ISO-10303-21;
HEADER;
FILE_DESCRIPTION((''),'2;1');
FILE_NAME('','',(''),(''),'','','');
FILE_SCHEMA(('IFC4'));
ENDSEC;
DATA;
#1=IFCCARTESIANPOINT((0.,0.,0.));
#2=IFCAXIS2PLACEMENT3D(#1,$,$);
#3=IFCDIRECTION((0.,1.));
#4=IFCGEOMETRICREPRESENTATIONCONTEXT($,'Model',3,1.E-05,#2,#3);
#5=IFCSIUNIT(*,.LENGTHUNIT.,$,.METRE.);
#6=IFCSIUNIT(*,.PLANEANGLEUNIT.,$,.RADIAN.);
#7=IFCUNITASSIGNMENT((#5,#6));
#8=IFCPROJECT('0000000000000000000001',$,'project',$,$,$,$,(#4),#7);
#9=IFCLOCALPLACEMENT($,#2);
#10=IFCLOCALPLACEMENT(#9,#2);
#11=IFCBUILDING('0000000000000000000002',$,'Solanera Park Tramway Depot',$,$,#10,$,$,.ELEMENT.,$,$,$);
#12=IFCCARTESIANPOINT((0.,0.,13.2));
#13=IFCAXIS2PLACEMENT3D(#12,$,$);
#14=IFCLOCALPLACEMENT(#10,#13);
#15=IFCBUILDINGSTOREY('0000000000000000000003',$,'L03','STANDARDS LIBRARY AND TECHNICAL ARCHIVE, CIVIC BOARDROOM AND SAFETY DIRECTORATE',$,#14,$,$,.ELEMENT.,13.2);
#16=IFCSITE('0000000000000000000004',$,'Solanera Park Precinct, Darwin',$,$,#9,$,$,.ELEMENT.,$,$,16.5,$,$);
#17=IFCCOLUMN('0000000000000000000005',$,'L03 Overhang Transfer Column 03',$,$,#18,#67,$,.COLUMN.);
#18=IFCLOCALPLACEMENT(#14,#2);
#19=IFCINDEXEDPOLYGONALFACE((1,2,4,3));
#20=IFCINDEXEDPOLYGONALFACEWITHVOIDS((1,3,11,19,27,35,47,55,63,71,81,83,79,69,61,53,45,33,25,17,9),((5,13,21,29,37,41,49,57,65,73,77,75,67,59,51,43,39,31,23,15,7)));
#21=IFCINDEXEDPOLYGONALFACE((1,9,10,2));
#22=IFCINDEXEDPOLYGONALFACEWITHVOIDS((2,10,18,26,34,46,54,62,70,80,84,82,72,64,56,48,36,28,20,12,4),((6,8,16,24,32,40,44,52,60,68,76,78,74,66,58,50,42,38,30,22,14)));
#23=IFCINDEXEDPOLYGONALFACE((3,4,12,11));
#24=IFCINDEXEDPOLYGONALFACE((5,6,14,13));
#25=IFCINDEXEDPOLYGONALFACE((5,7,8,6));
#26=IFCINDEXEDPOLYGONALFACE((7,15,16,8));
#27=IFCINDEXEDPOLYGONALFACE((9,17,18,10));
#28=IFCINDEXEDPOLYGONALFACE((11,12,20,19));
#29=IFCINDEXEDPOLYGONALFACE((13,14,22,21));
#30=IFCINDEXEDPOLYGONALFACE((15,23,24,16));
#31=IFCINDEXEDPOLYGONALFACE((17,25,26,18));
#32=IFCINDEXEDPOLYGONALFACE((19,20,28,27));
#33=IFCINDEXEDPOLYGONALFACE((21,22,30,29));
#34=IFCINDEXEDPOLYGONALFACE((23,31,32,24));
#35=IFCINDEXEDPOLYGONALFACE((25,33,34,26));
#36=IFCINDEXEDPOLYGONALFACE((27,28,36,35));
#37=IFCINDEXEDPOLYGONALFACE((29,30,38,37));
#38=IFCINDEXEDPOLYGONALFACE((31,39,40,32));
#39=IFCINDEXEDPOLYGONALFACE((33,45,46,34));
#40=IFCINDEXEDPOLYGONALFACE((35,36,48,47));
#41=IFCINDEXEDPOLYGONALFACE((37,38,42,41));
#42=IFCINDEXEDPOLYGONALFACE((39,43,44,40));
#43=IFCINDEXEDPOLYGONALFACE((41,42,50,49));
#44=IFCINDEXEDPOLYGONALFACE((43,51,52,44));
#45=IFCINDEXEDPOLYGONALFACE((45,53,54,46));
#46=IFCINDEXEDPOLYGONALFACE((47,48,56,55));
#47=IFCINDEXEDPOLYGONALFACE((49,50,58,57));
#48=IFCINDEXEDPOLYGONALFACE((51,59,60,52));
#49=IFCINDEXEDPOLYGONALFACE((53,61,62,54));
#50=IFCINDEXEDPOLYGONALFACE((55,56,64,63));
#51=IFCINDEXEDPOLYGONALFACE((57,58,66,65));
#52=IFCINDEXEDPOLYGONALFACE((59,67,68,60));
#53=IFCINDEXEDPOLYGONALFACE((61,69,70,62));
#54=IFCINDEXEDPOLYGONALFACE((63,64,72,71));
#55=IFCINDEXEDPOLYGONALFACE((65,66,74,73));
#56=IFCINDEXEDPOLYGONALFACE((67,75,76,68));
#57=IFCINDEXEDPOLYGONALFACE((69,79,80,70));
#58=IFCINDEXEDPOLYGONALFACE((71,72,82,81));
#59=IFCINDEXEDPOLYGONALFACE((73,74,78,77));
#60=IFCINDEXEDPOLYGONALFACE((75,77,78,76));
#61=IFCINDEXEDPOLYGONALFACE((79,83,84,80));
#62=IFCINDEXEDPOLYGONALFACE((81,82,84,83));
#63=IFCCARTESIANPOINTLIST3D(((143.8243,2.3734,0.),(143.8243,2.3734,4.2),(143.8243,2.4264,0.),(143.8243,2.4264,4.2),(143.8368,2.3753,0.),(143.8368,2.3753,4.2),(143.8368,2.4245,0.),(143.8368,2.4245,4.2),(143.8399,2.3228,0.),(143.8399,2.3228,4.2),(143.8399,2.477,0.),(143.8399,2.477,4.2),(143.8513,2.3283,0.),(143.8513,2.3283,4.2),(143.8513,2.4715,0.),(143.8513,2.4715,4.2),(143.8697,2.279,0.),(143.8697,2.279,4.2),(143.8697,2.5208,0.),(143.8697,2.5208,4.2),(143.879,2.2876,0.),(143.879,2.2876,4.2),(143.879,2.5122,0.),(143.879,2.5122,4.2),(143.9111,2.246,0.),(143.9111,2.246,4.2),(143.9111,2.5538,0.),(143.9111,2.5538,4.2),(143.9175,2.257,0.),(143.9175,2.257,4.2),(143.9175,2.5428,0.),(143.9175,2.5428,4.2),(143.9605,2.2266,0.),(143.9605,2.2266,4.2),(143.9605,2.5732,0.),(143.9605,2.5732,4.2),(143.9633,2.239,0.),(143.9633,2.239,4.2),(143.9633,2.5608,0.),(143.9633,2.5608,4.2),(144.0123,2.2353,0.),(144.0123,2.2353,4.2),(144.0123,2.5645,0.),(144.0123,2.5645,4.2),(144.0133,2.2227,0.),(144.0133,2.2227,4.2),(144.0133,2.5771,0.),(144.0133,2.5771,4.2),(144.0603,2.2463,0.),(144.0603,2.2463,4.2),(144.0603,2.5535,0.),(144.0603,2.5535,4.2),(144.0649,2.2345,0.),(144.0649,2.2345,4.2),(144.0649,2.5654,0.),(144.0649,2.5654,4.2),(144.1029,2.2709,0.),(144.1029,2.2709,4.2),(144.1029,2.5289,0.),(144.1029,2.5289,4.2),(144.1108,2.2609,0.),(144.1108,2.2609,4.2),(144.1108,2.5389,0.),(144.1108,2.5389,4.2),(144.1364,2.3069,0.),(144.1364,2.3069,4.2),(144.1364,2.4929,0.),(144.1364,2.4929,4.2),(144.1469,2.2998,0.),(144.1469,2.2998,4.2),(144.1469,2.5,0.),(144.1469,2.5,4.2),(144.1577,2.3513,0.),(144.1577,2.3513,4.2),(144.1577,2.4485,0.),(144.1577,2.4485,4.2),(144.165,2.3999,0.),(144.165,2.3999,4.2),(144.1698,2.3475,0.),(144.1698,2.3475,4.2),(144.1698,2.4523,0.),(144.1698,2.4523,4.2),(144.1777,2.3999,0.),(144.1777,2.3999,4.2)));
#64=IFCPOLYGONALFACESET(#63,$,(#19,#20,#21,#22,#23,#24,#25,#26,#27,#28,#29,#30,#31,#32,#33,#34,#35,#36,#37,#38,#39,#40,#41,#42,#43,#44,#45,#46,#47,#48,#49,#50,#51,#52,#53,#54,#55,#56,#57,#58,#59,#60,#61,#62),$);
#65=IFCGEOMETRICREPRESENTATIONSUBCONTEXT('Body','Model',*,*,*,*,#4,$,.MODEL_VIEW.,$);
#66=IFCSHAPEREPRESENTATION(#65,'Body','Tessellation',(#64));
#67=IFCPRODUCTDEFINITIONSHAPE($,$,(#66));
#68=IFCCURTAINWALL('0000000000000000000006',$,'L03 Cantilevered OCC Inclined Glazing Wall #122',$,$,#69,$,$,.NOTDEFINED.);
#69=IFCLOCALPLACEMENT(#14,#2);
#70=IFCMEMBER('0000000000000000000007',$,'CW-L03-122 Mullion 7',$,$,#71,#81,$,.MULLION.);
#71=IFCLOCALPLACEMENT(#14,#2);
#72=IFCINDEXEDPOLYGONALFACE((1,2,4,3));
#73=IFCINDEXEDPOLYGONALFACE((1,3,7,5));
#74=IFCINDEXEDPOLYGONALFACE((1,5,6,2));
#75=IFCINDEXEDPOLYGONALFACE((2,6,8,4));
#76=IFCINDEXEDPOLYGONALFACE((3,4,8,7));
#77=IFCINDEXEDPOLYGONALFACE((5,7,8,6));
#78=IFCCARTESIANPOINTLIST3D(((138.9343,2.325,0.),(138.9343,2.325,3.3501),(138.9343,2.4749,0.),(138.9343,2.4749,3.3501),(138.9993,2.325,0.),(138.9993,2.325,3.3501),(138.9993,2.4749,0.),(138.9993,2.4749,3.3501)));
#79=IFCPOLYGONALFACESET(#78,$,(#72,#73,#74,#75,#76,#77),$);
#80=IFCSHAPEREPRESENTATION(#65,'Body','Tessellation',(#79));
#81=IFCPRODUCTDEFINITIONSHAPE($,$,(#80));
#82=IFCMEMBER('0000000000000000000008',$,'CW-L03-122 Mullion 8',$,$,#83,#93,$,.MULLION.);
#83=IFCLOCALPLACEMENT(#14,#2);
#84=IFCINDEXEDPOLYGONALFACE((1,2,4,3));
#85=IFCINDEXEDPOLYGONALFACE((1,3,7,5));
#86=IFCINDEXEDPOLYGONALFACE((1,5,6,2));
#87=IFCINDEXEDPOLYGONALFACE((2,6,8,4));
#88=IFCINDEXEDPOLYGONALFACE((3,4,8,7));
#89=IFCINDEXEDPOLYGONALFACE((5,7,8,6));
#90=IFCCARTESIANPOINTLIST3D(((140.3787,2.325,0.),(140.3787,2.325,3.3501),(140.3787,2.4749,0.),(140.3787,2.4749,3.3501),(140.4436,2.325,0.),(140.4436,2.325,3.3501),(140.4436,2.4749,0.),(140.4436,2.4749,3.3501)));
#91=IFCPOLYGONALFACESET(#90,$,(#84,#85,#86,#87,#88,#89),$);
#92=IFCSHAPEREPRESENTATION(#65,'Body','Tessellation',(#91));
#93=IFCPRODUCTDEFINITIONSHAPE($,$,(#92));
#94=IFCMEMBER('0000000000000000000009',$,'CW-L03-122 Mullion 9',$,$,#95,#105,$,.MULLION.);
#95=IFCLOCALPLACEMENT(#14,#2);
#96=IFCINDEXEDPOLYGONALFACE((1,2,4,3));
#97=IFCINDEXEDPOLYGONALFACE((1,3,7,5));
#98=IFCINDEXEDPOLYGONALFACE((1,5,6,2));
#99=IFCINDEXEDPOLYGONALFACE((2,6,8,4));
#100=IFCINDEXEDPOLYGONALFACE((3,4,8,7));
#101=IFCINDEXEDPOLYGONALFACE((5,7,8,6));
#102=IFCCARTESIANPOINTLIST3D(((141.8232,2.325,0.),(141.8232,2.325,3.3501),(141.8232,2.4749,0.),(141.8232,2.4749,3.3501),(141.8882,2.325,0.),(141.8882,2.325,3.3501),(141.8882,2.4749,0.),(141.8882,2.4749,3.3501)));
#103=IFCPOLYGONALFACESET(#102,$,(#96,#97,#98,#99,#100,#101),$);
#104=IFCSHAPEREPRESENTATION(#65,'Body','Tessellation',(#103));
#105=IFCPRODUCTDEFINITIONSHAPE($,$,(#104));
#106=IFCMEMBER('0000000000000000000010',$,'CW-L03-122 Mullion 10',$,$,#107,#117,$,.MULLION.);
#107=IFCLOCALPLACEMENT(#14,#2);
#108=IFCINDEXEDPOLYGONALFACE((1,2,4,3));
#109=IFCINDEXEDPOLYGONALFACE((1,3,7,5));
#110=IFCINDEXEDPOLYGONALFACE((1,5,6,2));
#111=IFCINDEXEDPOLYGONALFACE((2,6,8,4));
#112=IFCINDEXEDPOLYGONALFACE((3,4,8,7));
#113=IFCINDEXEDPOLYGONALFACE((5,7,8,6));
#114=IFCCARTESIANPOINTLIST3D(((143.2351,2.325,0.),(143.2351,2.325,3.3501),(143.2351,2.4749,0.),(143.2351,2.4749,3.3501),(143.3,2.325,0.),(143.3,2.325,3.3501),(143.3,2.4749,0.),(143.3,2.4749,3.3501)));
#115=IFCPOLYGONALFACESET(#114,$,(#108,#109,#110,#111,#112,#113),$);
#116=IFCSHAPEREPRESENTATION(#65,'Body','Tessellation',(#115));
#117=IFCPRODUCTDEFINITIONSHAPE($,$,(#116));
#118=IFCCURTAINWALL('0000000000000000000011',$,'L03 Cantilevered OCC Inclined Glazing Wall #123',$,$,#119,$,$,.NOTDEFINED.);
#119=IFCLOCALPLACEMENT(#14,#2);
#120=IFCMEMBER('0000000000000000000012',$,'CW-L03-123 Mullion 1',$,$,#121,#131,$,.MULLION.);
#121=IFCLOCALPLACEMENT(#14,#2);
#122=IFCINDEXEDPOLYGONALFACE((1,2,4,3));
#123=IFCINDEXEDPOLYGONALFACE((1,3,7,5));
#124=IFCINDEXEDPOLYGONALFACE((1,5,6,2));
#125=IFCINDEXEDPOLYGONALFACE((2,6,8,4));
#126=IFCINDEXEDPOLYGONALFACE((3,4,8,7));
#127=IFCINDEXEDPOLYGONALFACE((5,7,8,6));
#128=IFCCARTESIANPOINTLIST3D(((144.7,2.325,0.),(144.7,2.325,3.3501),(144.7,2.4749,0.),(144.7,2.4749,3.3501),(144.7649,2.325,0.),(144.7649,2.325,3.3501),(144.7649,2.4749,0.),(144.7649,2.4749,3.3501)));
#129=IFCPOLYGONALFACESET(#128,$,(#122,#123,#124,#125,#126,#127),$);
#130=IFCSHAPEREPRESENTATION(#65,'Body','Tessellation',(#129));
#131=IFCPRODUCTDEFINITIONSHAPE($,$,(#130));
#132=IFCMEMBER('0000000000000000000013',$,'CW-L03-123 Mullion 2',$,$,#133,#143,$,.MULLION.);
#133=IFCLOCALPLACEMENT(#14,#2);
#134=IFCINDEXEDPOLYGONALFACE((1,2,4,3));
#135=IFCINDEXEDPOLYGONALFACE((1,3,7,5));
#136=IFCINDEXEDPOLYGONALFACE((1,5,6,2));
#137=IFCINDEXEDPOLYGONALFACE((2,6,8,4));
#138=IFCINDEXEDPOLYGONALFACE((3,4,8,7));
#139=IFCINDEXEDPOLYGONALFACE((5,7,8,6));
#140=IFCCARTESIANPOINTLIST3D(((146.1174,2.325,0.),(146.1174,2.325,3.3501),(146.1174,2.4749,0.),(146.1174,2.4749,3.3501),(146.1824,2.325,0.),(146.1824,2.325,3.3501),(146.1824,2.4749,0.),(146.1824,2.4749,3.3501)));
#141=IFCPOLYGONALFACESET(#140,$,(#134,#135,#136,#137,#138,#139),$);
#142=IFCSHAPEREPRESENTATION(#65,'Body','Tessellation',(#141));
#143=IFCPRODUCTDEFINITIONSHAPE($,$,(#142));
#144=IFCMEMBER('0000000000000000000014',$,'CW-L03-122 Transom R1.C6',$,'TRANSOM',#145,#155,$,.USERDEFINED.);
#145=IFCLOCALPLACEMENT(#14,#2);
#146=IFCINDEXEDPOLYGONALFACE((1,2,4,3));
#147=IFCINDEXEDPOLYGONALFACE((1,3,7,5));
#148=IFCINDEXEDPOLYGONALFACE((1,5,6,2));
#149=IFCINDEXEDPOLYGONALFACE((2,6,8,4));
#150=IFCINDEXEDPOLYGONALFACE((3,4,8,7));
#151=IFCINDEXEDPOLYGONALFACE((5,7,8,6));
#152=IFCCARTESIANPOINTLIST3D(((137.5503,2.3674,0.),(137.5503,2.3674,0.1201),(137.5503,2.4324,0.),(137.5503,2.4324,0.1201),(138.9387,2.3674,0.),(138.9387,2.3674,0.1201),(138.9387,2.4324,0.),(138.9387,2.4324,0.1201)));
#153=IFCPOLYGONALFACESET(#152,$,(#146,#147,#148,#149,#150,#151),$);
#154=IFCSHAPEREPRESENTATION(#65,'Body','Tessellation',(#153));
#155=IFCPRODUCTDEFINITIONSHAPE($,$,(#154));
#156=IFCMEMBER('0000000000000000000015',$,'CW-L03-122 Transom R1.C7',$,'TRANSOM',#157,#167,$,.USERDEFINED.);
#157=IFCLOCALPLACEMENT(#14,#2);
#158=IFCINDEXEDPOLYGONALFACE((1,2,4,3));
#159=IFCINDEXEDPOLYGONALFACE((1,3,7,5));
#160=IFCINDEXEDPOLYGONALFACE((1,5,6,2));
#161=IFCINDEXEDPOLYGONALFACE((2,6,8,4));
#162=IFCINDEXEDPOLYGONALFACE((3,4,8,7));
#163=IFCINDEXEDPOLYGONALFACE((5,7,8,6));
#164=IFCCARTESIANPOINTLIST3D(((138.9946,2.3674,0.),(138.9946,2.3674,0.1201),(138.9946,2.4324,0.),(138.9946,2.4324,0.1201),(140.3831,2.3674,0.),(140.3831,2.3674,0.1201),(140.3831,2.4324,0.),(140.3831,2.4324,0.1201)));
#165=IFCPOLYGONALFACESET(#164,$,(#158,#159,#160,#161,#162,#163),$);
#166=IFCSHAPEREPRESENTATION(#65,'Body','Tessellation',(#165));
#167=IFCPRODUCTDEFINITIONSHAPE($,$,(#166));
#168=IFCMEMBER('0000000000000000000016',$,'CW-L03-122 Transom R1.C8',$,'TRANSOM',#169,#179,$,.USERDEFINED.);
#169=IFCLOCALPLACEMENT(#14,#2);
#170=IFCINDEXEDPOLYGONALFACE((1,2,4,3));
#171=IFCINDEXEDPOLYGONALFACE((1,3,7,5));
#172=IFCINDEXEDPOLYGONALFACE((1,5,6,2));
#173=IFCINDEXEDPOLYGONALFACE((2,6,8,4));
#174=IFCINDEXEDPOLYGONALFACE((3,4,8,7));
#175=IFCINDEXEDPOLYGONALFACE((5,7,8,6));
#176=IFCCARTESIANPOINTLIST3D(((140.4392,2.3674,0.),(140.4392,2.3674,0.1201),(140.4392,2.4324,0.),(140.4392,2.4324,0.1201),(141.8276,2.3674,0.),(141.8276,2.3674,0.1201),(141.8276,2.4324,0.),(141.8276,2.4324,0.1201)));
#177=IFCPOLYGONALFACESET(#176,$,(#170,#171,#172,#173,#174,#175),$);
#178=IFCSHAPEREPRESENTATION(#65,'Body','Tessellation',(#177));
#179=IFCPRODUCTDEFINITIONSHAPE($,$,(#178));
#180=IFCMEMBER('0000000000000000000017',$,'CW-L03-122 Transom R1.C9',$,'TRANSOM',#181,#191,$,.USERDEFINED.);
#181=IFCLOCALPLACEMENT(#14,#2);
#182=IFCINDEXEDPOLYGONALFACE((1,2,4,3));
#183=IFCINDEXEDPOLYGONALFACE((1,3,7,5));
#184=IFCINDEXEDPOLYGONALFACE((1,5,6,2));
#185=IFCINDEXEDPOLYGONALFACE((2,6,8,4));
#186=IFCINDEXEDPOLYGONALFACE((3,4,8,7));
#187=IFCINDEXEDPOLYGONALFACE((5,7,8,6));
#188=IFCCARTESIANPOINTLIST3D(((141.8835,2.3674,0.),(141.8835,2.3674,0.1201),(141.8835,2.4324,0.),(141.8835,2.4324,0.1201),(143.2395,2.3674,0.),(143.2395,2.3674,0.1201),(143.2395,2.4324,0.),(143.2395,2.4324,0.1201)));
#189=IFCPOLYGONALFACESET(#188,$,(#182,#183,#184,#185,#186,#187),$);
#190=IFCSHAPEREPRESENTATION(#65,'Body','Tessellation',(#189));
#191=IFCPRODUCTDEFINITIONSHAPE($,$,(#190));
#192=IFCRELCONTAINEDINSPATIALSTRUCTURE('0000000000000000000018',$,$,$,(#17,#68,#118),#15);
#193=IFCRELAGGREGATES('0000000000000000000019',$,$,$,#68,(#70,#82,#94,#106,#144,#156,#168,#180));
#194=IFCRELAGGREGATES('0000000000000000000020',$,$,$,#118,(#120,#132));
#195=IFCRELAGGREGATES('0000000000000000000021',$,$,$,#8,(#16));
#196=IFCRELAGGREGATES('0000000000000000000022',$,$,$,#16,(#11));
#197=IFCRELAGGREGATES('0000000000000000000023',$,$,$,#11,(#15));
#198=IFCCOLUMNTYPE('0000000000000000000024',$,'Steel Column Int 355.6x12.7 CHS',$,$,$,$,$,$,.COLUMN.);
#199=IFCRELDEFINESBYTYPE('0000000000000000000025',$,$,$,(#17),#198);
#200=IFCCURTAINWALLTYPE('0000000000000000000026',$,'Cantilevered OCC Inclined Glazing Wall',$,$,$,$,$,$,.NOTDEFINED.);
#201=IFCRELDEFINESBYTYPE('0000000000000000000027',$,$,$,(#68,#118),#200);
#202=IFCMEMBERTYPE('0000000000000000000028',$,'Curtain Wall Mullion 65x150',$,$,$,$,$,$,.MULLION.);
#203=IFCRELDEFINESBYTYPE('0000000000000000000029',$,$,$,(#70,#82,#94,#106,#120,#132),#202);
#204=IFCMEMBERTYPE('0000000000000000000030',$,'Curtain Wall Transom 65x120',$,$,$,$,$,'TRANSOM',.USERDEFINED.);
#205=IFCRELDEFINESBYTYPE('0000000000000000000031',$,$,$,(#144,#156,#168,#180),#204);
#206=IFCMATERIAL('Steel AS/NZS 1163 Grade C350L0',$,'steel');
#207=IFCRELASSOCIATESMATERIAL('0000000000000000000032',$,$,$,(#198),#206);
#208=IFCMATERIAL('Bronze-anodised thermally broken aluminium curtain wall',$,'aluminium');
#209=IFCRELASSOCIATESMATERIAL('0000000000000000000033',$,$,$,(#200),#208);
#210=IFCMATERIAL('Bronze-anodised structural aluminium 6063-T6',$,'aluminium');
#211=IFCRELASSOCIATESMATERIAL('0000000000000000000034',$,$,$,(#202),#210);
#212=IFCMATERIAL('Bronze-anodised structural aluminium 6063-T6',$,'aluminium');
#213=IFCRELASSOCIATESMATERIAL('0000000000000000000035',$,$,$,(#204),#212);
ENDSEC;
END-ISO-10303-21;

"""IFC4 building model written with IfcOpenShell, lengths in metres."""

from ifc_helpers import new_model, si_unit, direction, frame, origin, origin_2d, place, context, subcontext, project, spatial, rectangle, hollow_circle, extrude, material, material_profile, profile_set, type_object, element, aggregate, save


model = new_model("IFC4")

# Units and contexts
model_context = context("Model", 3, precision=1e-05, world=origin(), true_north=direction((0.0, 1.0)))
body_context = subcontext(model_context, "Body", "Model", "MODEL_VIEW")
ifc_project = project(units=[si_unit("LENGTHUNIT", "METRE"), si_unit("PLANEANGLEUNIT", "RADIAN")], contexts=[model_context])

# Site, building, storey
site_placement = place(None, origin())
site = spatial("IfcSite", under=ifc_project, at=site_placement, Name="Solanera Park Precinct, Darwin", CompositionType="ELEMENT", RefElevation=16.5)
building_placement = place(site_placement, origin())
building = spatial("IfcBuilding", under=site, at=building_placement, Name="Solanera Park Tramway Depot", CompositionType="ELEMENT")
storey_placement = place(building_placement, frame((0.0, 0.0, 13.2)))
storey = spatial("IfcBuildingStorey", under=building, at=storey_placement, Name="L03", Description="STANDARDS LIBRARY AND TECHNICAL ARCHIVE, CIVIC BOARDROOM AND SAFETY DIRECTORATE", CompositionType="ELEMENT", Elevation=13.2)

# Column
ifc_material_1 = material(Name="Steel AS/NZS 1163 Grade C350L0", Category="steel")
ifc_material_profile_1 = material_profile(ifc_material_1, hollow_circle(Radius=0.1777, WallThickness=0.0127, at=origin_2d()), Name="355.6x12.7 CHS")
ifc_profile_set_1 = profile_set([ifc_material_profile_1], Name="Steel AS/NZS 1163 Grade C350L0")
column_type = type_object("IfcColumnType", Name="Steel Column Int 355.6x12.7 CHS", PredefinedType="COLUMN", material=ifc_profile_set_1)
column_placement = place(storey_placement, frame((144.0, 2.3999, 0.0), z_axis=(0.0, 0.0, 1.0), x_axis=(1.0, 0.0, 0.0)))
element("IfcColumn", 1, at=column_placement, inside=storey, type_object=column_type, Name="L03 Overhang Transfer Column 03", PredefinedType="COLUMN", context=body_context, shape_type="SweptSolid", body=[
    extrude(hollow_circle(Radius=0.1777, WallThickness=0.0127, at=origin_2d()), origin(), (0.0, 0.0, 1.0), 4.2),
])

# Curtain walls, members
ifc_material_2 = material(Name="Bronze-anodised thermally broken aluminium curtain wall", Category="aluminium")
curtain_wall_type = type_object("IfcCurtainWallType", Name="Cantilevered OCC Inclined Glazing Wall", PredefinedType="NOTDEFINED", material=ifc_material_2)
curtain_wall_1_placement = place(storey_placement, origin())
curtain_wall_1 = element("IfcCurtainWall", 2, at=curtain_wall_1_placement, inside=storey, type_object=curtain_wall_type, Name="L03 Cantilevered OCC Inclined Glazing Wall #122", PredefinedType="NOTDEFINED")
ifc_material_3 = material(Name="Bronze-anodised structural aluminium 6063-T6", Category="aluminium")
ifc_material_profile_2 = material_profile(ifc_material_3, rectangle(XDim=0.0649, YDim=0.1499, at=origin_2d()), Name="Curtain Wall Mullion 65x150")
ifc_profile_set_2 = profile_set([ifc_material_profile_2], Name="Bronze-anodised structural aluminium 6063-T6")
member_type_1 = type_object("IfcMemberType", Name="Curtain Wall Mullion 65x150", PredefinedType="MULLION", material=ifc_profile_set_2)
member_1_placement = place(storey_placement, frame((138.9668, 2.3999, 0.0), z_axis=(0.0, 0.0, 1.0), x_axis=(1.0, 0.0, 0.0)))
member_1 = element("IfcMember", 3, at=member_1_placement, type_object=member_type_1, Name="CW-L03-122 Mullion 7", PredefinedType="MULLION", context=body_context, shape_type="SweptSolid", body=[
    extrude(rectangle(XDim=0.0649, YDim=0.1499, at=origin_2d()), origin(), (0.0, 0.0, 1.0), 3.3501),
])
member_2_placement = place(storey_placement, frame((140.4111, 2.3999, 0.0), z_axis=(0.0, 0.0, 1.0), x_axis=(1.0, 0.0, 0.0)))
member_2 = element("IfcMember", 4, at=member_2_placement, type_object=member_type_1, Name="CW-L03-122 Mullion 8", PredefinedType="MULLION", context=body_context, shape_type="SweptSolid", body=[
    extrude(rectangle(XDim=0.0649, YDim=0.1499, at=origin_2d()), origin(), (0.0, 0.0, 1.0), 3.3501),
])
member_3_placement = place(storey_placement, frame((141.8557, 2.3999, 0.0), z_axis=(0.0, 0.0, 1.0), x_axis=(1.0, 0.0, 0.0)))
member_3 = element("IfcMember", 5, at=member_3_placement, type_object=member_type_1, Name="CW-L03-122 Mullion 9", PredefinedType="MULLION", context=body_context, shape_type="SweptSolid", body=[
    extrude(rectangle(XDim=0.0649, YDim=0.1499, at=origin_2d()), origin(), (0.0, 0.0, 1.0), 3.3501),
])
member_4_placement = place(storey_placement, frame((143.2676, 2.3999, 0.0), z_axis=(0.0, 0.0, 1.0), x_axis=(1.0, 0.0, 0.0)))
member_4 = element("IfcMember", 6, at=member_4_placement, type_object=member_type_1, Name="CW-L03-122 Mullion 10", PredefinedType="MULLION", context=body_context, shape_type="SweptSolid", body=[
    extrude(rectangle(XDim=0.0649, YDim=0.1499, at=origin_2d()), origin(), (0.0, 0.0, 1.0), 3.3501),
])
curtain_wall_2_placement = place(storey_placement, origin())
curtain_wall_2 = element("IfcCurtainWall", 7, at=curtain_wall_2_placement, inside=storey, type_object=curtain_wall_type, Name="L03 Cantilevered OCC Inclined Glazing Wall #123", PredefinedType="NOTDEFINED")
member_5_placement = place(storey_placement, frame((144.7324, 2.3999, 0.0), z_axis=(0.0, 0.0, 1.0), x_axis=(1.0, 0.0, 0.0)))
member_5 = element("IfcMember", 8, at=member_5_placement, type_object=member_type_1, Name="CW-L03-123 Mullion 1", PredefinedType="MULLION", context=body_context, shape_type="SweptSolid", body=[
    extrude(rectangle(XDim=0.0649, YDim=0.1499, at=origin_2d()), origin(), (0.0, 0.0, 1.0), 3.3501),
])
member_6_placement = place(storey_placement, frame((146.1499, 2.3999, 0.0), z_axis=(0.0, 0.0, 1.0), x_axis=(1.0, 0.0, 0.0)))
member_6 = element("IfcMember", 9, at=member_6_placement, type_object=member_type_1, Name="CW-L03-123 Mullion 2", PredefinedType="MULLION", context=body_context, shape_type="SweptSolid", body=[
    extrude(rectangle(XDim=0.0649, YDim=0.1499, at=origin_2d()), origin(), (0.0, 0.0, 1.0), 3.3501),
])

# Members
ifc_material_4 = material(Name="Bronze-anodised structural aluminium 6063-T6", Category="aluminium")
ifc_material_profile_3 = material_profile(ifc_material_4, rectangle(XDim=0.0649, YDim=0.1201, at=origin_2d()), Name="Curtain Wall Transom 65x120")
ifc_profile_set_3 = profile_set([ifc_material_profile_3], Name="Bronze-anodised structural aluminium 6063-T6")
member_type_2 = type_object("IfcMemberType", Name="Curtain Wall Transom 65x120", ElementType="TRANSOM", PredefinedType="USERDEFINED", material=ifc_profile_set_3)
member_7_placement = place(storey_placement, frame((137.5503, 2.3999, 0.0601), z_axis=(1.0, 0.0, 0.0), x_axis=(0.0, 1.0, 0.0)))
member_7 = element("IfcMember", 10, at=member_7_placement, type_object=member_type_2, Name="CW-L03-122 Transom R1.C6", ObjectType="TRANSOM", PredefinedType="USERDEFINED", context=body_context, shape_type="SweptSolid", body=[
    extrude(rectangle(XDim=0.0649, YDim=0.1201, at=origin_2d()), origin(), (0.0, 0.0, 1.0), 1.3884),
])
member_8_placement = place(storey_placement, frame((138.9946, 2.3999, 0.0601), z_axis=(1.0, 0.0, 0.0), x_axis=(0.0, 1.0, 0.0)))
member_8 = element("IfcMember", 11, at=member_8_placement, type_object=member_type_2, Name="CW-L03-122 Transom R1.C7", ObjectType="TRANSOM", PredefinedType="USERDEFINED", context=body_context, shape_type="SweptSolid", body=[
    extrude(rectangle(XDim=0.0649, YDim=0.1201, at=origin_2d()), origin(), (0.0, 0.0, 1.0), 1.3884),
])
member_9_placement = place(storey_placement, frame((140.4392, 2.3999, 0.0601), z_axis=(1.0, 0.0, 0.0), x_axis=(0.0, 1.0, 0.0)))
member_9 = element("IfcMember", 12, at=member_9_placement, type_object=member_type_2, Name="CW-L03-122 Transom R1.C8", ObjectType="TRANSOM", PredefinedType="USERDEFINED", context=body_context, shape_type="SweptSolid", body=[
    extrude(rectangle(XDim=0.0649, YDim=0.1201, at=origin_2d()), origin(), (0.0, 0.0, 1.0), 1.3884),
])
member_10_placement = place(storey_placement, frame((141.8835, 2.3999, 0.0601), z_axis=(1.0, 0.0, 0.0), x_axis=(0.0, 1.0, 0.0)))
member_10 = element("IfcMember", 13, at=member_10_placement, type_object=member_type_2, Name="CW-L03-122 Transom R1.C9", ObjectType="TRANSOM", PredefinedType="USERDEFINED", context=body_context, shape_type="SweptSolid", body=[
    extrude(rectangle(XDim=0.0649, YDim=0.1201, at=origin_2d()), origin(), (0.0, 0.0, 1.0), 1.356),
])

aggregate(curtain_wall_1, [member_1, member_2, member_3, member_4, member_7, member_8, member_9, member_10])
aggregate(curtain_wall_2, [member_5, member_6])

save(model, "model.ifc")
